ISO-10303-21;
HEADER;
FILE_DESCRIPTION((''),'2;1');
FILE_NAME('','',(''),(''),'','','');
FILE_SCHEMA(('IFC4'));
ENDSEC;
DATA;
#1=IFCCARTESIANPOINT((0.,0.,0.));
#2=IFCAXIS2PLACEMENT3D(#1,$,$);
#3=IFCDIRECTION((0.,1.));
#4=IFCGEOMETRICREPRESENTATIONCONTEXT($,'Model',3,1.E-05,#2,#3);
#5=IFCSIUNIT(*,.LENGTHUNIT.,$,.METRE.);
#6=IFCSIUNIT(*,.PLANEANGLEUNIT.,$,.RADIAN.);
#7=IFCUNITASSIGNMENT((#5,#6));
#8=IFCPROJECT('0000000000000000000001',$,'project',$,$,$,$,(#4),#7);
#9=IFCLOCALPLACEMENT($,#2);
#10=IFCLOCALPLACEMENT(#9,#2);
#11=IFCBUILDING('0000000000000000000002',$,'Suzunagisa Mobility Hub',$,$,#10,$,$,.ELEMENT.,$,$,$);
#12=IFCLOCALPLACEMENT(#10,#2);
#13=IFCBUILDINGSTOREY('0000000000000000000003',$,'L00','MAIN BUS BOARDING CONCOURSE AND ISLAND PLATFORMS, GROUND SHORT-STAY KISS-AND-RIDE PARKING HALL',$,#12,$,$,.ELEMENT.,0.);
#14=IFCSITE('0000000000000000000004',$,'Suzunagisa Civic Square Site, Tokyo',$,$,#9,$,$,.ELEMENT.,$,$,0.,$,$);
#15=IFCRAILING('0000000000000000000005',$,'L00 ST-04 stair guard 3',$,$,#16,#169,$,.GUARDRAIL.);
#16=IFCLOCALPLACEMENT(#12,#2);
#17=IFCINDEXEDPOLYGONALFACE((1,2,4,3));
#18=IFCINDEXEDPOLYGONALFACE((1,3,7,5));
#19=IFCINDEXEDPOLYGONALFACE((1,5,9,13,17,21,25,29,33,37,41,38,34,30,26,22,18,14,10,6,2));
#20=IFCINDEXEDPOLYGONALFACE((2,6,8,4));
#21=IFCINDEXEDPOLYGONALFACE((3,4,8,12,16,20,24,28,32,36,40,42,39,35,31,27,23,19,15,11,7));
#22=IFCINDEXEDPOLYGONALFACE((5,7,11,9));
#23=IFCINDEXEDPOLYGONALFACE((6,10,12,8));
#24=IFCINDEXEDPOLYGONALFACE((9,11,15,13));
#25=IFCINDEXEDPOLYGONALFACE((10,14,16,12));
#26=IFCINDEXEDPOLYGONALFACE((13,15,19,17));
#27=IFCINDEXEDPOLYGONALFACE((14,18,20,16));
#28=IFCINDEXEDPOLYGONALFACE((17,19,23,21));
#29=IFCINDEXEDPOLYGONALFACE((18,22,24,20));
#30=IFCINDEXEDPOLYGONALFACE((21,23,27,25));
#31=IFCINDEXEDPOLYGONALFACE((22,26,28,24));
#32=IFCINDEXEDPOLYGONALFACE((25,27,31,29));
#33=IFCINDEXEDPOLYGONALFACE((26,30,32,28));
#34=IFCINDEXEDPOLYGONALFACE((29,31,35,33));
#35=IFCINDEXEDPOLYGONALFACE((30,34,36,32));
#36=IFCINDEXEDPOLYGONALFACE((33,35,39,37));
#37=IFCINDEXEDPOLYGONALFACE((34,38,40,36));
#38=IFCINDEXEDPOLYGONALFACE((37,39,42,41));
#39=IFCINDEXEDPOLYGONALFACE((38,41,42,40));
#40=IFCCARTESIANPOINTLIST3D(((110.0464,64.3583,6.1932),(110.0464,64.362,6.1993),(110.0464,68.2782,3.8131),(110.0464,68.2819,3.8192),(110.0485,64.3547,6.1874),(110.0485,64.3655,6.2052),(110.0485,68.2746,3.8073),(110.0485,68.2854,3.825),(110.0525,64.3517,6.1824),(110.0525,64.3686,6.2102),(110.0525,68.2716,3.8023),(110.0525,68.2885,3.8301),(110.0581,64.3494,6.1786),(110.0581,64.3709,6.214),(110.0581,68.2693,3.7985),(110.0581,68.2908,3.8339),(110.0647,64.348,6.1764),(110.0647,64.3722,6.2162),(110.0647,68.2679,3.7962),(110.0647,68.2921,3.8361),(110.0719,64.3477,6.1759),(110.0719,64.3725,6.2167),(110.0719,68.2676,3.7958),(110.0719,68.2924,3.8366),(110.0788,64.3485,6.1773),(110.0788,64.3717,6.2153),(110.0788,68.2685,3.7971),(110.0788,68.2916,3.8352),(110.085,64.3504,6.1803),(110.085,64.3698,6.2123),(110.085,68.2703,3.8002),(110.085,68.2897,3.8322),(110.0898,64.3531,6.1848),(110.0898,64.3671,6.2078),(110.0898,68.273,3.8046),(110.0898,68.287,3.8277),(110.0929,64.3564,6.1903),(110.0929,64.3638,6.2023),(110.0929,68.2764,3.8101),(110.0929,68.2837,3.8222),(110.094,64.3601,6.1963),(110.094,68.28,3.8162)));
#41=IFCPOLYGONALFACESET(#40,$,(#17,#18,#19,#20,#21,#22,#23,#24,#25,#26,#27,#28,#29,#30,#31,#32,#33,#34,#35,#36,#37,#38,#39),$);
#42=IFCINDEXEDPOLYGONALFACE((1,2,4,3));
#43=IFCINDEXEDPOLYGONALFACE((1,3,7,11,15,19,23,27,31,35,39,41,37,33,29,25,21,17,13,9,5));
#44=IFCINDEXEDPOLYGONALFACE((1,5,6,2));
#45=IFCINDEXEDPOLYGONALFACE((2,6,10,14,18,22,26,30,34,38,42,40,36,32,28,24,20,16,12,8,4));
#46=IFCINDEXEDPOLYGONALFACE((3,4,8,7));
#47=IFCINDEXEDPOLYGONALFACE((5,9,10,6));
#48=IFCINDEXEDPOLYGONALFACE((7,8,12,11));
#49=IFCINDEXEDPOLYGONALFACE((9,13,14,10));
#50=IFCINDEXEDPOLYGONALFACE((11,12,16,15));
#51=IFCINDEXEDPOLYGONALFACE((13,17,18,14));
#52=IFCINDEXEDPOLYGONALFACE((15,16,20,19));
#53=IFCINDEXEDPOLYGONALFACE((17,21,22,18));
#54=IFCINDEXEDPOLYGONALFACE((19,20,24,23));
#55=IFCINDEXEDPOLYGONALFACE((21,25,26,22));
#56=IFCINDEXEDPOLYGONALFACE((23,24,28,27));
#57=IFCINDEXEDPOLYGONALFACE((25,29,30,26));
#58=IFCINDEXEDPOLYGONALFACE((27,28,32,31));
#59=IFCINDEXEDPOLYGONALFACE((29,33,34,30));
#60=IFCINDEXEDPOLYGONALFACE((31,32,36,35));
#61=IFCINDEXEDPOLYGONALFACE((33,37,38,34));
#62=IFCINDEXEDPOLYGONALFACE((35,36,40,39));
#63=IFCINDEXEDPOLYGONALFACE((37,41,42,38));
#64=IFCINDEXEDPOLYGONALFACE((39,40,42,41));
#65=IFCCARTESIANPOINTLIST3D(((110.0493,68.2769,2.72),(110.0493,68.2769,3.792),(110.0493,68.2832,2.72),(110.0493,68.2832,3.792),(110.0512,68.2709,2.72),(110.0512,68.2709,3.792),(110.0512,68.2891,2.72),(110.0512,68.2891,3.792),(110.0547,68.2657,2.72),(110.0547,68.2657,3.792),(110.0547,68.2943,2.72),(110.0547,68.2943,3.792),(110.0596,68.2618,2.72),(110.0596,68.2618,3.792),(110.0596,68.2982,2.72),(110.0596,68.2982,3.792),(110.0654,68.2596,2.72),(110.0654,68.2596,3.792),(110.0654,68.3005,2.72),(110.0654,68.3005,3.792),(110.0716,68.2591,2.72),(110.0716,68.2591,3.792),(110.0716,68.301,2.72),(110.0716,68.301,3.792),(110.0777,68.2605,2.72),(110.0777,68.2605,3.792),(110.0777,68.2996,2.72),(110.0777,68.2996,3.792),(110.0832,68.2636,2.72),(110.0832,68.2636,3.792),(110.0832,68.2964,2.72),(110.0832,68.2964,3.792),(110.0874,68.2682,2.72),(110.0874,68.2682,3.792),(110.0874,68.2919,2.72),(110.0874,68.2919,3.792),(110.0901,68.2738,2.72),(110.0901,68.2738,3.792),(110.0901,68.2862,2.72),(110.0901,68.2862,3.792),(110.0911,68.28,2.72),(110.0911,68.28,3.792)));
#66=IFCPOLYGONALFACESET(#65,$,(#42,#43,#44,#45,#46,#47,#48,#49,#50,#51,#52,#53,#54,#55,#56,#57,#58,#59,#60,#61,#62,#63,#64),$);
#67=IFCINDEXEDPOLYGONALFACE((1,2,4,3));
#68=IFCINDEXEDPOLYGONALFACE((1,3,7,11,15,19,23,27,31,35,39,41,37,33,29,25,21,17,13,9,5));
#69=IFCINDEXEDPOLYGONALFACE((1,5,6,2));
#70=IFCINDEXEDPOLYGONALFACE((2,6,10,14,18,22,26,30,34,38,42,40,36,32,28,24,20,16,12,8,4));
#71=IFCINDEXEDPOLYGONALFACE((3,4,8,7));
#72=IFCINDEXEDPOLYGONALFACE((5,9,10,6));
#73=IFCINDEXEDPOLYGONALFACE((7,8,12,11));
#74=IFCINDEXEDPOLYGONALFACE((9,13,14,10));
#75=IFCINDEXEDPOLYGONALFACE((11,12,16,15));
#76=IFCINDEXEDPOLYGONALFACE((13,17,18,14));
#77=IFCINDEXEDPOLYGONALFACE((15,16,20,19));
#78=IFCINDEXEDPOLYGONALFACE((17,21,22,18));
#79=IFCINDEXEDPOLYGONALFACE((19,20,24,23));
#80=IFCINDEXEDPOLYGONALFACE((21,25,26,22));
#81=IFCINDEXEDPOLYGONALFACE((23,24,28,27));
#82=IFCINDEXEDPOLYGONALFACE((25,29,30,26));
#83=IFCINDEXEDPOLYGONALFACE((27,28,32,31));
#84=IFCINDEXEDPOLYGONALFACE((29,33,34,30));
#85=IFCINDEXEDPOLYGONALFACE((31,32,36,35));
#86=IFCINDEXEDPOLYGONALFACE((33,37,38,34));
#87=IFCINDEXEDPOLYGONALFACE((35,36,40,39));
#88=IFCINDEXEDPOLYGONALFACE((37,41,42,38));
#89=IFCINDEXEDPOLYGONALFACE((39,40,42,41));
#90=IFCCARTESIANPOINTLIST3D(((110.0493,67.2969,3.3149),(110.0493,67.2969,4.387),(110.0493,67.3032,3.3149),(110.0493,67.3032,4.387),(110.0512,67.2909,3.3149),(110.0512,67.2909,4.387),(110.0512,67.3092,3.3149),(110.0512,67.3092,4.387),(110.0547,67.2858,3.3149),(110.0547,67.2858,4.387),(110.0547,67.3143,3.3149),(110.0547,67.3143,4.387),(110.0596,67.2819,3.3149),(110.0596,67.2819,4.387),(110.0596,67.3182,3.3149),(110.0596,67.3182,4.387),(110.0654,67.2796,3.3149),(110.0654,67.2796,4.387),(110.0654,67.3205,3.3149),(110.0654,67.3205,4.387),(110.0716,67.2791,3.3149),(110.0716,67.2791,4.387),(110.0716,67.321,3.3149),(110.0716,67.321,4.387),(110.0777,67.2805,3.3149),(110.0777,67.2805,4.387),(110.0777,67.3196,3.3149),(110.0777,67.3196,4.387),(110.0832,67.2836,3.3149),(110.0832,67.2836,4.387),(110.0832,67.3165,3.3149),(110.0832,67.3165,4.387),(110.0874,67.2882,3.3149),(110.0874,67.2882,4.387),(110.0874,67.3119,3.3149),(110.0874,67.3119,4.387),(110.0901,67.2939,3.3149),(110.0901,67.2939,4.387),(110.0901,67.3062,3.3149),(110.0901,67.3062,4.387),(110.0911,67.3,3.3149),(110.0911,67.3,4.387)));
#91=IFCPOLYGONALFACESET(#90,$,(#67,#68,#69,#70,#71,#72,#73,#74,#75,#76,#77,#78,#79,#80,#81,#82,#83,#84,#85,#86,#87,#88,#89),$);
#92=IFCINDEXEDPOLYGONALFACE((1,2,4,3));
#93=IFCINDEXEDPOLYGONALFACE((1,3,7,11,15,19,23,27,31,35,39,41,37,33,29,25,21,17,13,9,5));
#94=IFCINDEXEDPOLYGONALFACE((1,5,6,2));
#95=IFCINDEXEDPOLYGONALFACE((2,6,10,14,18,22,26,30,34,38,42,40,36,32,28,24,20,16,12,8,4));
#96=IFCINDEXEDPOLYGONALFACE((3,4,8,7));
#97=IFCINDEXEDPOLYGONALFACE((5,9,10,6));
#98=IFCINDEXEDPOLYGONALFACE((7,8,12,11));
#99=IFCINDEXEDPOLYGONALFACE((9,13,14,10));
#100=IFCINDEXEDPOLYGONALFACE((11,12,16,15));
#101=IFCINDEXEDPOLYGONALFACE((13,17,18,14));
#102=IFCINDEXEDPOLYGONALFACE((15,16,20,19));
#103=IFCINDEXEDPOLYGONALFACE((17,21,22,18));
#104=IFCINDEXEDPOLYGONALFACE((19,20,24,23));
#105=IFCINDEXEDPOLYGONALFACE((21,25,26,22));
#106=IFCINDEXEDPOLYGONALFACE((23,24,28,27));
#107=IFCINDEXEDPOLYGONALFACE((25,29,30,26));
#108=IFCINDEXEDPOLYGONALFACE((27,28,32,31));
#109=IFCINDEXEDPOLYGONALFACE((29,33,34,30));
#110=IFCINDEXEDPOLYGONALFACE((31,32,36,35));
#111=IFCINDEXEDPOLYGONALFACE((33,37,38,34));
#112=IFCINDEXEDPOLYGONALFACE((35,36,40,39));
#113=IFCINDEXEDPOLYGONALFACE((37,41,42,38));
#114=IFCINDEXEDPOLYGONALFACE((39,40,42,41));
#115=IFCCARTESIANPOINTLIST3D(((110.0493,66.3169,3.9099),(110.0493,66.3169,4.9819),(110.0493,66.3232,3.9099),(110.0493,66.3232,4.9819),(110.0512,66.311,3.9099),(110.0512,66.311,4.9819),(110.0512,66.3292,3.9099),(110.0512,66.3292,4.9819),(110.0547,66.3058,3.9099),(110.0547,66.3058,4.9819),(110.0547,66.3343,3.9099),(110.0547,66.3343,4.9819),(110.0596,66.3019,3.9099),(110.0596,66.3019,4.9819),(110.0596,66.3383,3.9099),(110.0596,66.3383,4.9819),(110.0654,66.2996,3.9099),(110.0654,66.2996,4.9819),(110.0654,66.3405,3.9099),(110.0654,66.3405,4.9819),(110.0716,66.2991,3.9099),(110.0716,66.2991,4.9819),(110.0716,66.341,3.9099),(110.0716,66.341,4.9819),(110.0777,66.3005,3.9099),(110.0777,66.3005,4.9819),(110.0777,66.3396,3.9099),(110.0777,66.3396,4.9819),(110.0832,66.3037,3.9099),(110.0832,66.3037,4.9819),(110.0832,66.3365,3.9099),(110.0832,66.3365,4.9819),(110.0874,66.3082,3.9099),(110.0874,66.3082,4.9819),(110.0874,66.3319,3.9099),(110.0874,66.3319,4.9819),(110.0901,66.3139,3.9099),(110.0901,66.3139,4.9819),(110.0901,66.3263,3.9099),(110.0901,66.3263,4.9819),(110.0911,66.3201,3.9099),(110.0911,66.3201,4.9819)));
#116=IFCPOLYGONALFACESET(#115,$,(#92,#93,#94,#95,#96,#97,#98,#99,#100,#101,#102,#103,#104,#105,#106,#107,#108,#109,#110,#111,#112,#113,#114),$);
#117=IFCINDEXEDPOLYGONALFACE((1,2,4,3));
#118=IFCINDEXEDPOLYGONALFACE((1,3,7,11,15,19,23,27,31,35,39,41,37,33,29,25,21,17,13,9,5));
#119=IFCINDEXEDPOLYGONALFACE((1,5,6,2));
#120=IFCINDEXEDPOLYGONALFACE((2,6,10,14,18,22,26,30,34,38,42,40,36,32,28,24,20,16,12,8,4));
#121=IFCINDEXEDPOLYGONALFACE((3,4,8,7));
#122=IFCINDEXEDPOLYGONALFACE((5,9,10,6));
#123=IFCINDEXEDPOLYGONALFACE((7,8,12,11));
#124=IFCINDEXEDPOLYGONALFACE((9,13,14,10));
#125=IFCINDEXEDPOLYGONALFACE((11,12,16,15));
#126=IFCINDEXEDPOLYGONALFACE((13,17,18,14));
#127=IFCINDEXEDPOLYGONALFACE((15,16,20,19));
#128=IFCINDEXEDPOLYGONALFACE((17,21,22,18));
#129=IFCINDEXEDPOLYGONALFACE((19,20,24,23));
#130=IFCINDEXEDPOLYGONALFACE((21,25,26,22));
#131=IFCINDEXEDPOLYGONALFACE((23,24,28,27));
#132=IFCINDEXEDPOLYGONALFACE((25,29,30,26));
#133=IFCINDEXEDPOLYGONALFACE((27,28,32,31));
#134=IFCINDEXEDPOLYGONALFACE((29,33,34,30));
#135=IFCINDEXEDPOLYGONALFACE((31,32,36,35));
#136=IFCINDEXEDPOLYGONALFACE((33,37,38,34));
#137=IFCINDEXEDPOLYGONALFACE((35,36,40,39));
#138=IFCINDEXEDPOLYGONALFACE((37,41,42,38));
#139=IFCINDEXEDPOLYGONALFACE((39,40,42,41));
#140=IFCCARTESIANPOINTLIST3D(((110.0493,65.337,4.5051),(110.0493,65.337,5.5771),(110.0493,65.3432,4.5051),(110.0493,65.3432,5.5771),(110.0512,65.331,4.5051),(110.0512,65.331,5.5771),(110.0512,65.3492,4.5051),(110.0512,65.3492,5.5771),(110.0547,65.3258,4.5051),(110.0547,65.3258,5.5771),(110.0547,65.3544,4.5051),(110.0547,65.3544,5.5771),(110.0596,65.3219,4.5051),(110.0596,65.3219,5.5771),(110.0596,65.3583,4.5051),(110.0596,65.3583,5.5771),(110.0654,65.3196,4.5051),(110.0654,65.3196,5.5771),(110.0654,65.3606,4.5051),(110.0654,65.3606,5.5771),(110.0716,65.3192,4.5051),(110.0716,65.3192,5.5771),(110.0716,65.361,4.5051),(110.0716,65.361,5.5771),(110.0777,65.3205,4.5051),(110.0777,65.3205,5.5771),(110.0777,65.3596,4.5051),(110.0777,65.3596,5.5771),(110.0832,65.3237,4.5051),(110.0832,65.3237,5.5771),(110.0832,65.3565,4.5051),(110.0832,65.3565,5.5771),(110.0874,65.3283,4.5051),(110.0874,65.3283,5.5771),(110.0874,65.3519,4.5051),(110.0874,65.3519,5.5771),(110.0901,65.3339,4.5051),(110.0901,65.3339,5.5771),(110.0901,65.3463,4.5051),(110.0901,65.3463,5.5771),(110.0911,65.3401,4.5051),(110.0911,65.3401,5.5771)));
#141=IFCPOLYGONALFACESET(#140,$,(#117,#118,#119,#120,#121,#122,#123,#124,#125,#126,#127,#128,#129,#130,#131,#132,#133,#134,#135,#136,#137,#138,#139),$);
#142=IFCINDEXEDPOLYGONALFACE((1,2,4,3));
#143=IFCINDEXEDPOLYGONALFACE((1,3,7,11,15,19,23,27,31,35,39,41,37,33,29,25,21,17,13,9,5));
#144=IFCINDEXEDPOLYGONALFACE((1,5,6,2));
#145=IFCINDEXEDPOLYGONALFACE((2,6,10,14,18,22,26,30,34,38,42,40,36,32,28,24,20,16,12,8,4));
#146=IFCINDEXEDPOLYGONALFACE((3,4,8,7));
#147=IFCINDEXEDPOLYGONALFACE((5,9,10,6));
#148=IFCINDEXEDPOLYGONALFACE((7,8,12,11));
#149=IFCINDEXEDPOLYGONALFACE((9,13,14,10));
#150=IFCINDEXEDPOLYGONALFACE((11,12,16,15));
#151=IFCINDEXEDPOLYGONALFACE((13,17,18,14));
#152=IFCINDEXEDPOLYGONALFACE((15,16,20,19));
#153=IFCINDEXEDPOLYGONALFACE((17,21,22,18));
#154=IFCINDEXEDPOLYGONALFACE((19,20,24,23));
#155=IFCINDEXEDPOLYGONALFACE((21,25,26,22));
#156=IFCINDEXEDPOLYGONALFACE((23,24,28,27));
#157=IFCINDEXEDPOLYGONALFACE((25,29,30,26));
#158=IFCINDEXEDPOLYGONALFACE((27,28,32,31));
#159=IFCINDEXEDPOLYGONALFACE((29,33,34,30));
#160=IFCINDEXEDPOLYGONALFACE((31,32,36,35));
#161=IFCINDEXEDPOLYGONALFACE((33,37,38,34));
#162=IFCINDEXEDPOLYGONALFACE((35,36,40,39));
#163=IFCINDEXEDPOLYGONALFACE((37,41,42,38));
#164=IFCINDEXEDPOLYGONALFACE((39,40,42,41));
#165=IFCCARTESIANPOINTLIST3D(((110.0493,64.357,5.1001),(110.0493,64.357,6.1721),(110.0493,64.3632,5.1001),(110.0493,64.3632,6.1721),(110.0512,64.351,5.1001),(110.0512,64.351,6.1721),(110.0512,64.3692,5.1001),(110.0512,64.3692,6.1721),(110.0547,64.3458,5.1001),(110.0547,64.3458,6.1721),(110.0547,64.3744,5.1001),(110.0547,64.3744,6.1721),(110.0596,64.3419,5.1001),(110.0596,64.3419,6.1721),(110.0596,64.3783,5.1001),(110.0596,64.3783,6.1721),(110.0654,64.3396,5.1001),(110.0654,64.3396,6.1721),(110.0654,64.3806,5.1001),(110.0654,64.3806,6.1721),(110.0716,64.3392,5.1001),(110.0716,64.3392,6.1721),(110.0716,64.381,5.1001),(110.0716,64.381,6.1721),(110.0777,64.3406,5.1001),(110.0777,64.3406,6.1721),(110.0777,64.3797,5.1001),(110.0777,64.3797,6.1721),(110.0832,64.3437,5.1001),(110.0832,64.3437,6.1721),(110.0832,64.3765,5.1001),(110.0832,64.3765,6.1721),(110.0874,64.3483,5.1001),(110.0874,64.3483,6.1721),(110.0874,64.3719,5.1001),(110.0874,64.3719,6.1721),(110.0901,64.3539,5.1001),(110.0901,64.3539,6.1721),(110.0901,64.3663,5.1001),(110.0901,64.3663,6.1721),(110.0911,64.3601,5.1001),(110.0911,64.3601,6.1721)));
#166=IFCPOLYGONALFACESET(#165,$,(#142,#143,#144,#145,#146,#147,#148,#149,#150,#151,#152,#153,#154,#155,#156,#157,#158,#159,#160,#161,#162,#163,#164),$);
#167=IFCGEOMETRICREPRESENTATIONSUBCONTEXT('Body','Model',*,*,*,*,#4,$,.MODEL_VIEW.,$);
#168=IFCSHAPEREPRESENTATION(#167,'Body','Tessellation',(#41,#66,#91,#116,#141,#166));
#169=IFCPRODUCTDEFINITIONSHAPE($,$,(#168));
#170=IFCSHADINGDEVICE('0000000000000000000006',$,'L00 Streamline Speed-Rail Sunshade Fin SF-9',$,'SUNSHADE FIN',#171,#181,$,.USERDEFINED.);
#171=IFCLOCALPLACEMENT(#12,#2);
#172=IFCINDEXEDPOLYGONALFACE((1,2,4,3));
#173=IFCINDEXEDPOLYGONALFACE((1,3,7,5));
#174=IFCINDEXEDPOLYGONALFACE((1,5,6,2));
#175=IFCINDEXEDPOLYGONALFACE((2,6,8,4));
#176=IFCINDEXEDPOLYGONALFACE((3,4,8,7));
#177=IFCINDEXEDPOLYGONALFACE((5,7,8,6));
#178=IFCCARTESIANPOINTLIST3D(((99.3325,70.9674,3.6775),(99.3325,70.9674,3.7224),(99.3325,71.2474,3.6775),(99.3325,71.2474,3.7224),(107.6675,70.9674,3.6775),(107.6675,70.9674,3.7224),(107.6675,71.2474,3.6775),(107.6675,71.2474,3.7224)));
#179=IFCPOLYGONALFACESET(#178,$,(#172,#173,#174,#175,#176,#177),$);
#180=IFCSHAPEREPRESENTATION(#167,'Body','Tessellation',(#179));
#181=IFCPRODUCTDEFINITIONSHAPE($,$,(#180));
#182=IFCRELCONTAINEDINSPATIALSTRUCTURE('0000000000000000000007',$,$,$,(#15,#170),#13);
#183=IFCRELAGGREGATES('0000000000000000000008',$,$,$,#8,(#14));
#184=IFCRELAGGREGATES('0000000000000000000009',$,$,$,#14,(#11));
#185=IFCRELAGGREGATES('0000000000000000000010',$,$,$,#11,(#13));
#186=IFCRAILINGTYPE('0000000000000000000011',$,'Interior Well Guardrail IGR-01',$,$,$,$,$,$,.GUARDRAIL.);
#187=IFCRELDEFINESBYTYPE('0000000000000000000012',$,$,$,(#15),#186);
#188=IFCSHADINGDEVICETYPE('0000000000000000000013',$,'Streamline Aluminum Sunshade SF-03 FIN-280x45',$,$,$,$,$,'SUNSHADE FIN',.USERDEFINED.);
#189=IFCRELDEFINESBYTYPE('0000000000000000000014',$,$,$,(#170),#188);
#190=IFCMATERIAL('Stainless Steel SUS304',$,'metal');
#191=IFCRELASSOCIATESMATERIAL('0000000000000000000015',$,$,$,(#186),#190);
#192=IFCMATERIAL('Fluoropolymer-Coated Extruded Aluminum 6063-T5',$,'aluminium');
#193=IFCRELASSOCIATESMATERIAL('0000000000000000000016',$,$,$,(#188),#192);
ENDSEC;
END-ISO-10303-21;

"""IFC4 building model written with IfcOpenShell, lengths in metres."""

from ifc_helpers import new_model, si_unit, direction, frame, origin, origin_2d, place, context, subcontext, project, spatial, rectangle, circle, extrude, material, material_profile, profile_set, type_object, element, save


model = new_model("IFC4")

# Units and contexts
model_context = context("Model", 3, precision=1e-05, world=origin(), true_north=direction((0.0, 1.0)))
body_context = subcontext(model_context, "Body", "Model", "MODEL_VIEW")
ifc_project = project(units=[si_unit("LENGTHUNIT", "METRE"), si_unit("PLANEANGLEUNIT", "RADIAN")], contexts=[model_context])

# Site, building, storey
site_placement = place(None, origin())
site = spatial("IfcSite", under=ifc_project, at=site_placement, Name="Suzunagisa Civic Square Site, Tokyo", CompositionType="ELEMENT", RefElevation=0.0)
building_placement = place(site_placement, origin())
building = spatial("IfcBuilding", under=site, at=building_placement, Name="Suzunagisa Mobility Hub", CompositionType="ELEMENT")
storey_placement = place(building_placement, origin())
storey = spatial("IfcBuildingStorey", under=building, at=storey_placement, Name="L00", Description="MAIN BUS BOARDING CONCOURSE AND ISLAND PLATFORMS, GROUND SHORT-STAY KISS-AND-RIDE PARKING HALL", CompositionType="ELEMENT", Elevation=0.0)

# Railing
ifc_material_1 = material(Name="Stainless Steel SUS304", Category="metal")
railing_type_1 = type_object("IfcRailingType", Name="Interior Well Guardrail IGR-01", PredefinedType="GUARDRAIL", material=ifc_material_1)
railing_1_placement = place(storey_placement, frame((110.0701, 68.28, 2.72)))
element("IfcRailing", 1, at=railing_1_placement, inside=storey, type_object=railing_type_1, Name="L00 ST-04 stair guard 3", PredefinedType="GUARDRAIL", context=body_context, shape_type="SweptSolid", body=[
    extrude(circle(Radius=0.0239, at=origin_2d()), frame((0.0, 0.0, 1.0962), z_axis=(0.0, -0.854771, 0.519006), x_axis=(1.0, 0.0, 0.0)), (0.0, 0.0, 1.0), 4.5859),
    extrude(circle(Radius=0.021, at=origin_2d()), origin(), (0.0, 0.0, 1.0), 1.072),
    extrude(circle(Radius=0.021, at=origin_2d()), frame((0.0, -0.98, 0.595)), (0.0, 0.0, 1.0), 1.072),
    extrude(circle(Radius=0.021, at=origin_2d()), frame((0.0, -1.96, 1.1899)), (0.0, 0.0, 1.0), 1.072),
    extrude(circle(Radius=0.021, at=origin_2d()), frame((0.0, -2.9399, 1.7852)), (0.0, 0.0, 1.0), 1.072),
    extrude(circle(Radius=0.021, at=origin_2d()), frame((0.0, -3.9199, 2.3801)), (0.0, 0.0, 1.0), 1.072),
])

# Shading device
ifc_material_2 = material(Name="Fluoropolymer-Coated Extruded Aluminum 6063-T5", Category="aluminium")
ifc_material_profile_1 = material_profile(ifc_material_2, rectangle(XDim=0.28, YDim=0.0449, at=origin_2d()), Name="FIN-280x45")
ifc_profile_set_1 = profile_set([ifc_material_profile_1], Name="Fluoropolymer-Coated Extruded Aluminum 6063-T5")
shading_device_type = type_object("IfcShadingDeviceType", Name="Streamline Aluminum Sunshade SF-03 FIN-280x45", ElementType="SUNSHADE FIN", PredefinedType="USERDEFINED", material=ifc_profile_set_1)
shading_device_placement = place(storey_placement, frame((107.6675, 71.1074, 3.7), z_axis=(-1.0, 0.0, 0.0), x_axis=(0.0, -1.0, 0.0)))
element("IfcShadingDevice", 2, at=shading_device_placement, inside=storey, type_object=shading_device_type, Name="L00 Streamline Speed-Rail Sunshade Fin SF-9", ObjectType="SUNSHADE FIN", PredefinedType="USERDEFINED", context=body_context, shape_type="SweptSolid", body=[
    extrude(rectangle(XDim=0.28, YDim=0.0449, at=origin_2d()), origin(), (0.0, 0.0, 1.0), 8.335),
])

save(model, "model.ifc")
